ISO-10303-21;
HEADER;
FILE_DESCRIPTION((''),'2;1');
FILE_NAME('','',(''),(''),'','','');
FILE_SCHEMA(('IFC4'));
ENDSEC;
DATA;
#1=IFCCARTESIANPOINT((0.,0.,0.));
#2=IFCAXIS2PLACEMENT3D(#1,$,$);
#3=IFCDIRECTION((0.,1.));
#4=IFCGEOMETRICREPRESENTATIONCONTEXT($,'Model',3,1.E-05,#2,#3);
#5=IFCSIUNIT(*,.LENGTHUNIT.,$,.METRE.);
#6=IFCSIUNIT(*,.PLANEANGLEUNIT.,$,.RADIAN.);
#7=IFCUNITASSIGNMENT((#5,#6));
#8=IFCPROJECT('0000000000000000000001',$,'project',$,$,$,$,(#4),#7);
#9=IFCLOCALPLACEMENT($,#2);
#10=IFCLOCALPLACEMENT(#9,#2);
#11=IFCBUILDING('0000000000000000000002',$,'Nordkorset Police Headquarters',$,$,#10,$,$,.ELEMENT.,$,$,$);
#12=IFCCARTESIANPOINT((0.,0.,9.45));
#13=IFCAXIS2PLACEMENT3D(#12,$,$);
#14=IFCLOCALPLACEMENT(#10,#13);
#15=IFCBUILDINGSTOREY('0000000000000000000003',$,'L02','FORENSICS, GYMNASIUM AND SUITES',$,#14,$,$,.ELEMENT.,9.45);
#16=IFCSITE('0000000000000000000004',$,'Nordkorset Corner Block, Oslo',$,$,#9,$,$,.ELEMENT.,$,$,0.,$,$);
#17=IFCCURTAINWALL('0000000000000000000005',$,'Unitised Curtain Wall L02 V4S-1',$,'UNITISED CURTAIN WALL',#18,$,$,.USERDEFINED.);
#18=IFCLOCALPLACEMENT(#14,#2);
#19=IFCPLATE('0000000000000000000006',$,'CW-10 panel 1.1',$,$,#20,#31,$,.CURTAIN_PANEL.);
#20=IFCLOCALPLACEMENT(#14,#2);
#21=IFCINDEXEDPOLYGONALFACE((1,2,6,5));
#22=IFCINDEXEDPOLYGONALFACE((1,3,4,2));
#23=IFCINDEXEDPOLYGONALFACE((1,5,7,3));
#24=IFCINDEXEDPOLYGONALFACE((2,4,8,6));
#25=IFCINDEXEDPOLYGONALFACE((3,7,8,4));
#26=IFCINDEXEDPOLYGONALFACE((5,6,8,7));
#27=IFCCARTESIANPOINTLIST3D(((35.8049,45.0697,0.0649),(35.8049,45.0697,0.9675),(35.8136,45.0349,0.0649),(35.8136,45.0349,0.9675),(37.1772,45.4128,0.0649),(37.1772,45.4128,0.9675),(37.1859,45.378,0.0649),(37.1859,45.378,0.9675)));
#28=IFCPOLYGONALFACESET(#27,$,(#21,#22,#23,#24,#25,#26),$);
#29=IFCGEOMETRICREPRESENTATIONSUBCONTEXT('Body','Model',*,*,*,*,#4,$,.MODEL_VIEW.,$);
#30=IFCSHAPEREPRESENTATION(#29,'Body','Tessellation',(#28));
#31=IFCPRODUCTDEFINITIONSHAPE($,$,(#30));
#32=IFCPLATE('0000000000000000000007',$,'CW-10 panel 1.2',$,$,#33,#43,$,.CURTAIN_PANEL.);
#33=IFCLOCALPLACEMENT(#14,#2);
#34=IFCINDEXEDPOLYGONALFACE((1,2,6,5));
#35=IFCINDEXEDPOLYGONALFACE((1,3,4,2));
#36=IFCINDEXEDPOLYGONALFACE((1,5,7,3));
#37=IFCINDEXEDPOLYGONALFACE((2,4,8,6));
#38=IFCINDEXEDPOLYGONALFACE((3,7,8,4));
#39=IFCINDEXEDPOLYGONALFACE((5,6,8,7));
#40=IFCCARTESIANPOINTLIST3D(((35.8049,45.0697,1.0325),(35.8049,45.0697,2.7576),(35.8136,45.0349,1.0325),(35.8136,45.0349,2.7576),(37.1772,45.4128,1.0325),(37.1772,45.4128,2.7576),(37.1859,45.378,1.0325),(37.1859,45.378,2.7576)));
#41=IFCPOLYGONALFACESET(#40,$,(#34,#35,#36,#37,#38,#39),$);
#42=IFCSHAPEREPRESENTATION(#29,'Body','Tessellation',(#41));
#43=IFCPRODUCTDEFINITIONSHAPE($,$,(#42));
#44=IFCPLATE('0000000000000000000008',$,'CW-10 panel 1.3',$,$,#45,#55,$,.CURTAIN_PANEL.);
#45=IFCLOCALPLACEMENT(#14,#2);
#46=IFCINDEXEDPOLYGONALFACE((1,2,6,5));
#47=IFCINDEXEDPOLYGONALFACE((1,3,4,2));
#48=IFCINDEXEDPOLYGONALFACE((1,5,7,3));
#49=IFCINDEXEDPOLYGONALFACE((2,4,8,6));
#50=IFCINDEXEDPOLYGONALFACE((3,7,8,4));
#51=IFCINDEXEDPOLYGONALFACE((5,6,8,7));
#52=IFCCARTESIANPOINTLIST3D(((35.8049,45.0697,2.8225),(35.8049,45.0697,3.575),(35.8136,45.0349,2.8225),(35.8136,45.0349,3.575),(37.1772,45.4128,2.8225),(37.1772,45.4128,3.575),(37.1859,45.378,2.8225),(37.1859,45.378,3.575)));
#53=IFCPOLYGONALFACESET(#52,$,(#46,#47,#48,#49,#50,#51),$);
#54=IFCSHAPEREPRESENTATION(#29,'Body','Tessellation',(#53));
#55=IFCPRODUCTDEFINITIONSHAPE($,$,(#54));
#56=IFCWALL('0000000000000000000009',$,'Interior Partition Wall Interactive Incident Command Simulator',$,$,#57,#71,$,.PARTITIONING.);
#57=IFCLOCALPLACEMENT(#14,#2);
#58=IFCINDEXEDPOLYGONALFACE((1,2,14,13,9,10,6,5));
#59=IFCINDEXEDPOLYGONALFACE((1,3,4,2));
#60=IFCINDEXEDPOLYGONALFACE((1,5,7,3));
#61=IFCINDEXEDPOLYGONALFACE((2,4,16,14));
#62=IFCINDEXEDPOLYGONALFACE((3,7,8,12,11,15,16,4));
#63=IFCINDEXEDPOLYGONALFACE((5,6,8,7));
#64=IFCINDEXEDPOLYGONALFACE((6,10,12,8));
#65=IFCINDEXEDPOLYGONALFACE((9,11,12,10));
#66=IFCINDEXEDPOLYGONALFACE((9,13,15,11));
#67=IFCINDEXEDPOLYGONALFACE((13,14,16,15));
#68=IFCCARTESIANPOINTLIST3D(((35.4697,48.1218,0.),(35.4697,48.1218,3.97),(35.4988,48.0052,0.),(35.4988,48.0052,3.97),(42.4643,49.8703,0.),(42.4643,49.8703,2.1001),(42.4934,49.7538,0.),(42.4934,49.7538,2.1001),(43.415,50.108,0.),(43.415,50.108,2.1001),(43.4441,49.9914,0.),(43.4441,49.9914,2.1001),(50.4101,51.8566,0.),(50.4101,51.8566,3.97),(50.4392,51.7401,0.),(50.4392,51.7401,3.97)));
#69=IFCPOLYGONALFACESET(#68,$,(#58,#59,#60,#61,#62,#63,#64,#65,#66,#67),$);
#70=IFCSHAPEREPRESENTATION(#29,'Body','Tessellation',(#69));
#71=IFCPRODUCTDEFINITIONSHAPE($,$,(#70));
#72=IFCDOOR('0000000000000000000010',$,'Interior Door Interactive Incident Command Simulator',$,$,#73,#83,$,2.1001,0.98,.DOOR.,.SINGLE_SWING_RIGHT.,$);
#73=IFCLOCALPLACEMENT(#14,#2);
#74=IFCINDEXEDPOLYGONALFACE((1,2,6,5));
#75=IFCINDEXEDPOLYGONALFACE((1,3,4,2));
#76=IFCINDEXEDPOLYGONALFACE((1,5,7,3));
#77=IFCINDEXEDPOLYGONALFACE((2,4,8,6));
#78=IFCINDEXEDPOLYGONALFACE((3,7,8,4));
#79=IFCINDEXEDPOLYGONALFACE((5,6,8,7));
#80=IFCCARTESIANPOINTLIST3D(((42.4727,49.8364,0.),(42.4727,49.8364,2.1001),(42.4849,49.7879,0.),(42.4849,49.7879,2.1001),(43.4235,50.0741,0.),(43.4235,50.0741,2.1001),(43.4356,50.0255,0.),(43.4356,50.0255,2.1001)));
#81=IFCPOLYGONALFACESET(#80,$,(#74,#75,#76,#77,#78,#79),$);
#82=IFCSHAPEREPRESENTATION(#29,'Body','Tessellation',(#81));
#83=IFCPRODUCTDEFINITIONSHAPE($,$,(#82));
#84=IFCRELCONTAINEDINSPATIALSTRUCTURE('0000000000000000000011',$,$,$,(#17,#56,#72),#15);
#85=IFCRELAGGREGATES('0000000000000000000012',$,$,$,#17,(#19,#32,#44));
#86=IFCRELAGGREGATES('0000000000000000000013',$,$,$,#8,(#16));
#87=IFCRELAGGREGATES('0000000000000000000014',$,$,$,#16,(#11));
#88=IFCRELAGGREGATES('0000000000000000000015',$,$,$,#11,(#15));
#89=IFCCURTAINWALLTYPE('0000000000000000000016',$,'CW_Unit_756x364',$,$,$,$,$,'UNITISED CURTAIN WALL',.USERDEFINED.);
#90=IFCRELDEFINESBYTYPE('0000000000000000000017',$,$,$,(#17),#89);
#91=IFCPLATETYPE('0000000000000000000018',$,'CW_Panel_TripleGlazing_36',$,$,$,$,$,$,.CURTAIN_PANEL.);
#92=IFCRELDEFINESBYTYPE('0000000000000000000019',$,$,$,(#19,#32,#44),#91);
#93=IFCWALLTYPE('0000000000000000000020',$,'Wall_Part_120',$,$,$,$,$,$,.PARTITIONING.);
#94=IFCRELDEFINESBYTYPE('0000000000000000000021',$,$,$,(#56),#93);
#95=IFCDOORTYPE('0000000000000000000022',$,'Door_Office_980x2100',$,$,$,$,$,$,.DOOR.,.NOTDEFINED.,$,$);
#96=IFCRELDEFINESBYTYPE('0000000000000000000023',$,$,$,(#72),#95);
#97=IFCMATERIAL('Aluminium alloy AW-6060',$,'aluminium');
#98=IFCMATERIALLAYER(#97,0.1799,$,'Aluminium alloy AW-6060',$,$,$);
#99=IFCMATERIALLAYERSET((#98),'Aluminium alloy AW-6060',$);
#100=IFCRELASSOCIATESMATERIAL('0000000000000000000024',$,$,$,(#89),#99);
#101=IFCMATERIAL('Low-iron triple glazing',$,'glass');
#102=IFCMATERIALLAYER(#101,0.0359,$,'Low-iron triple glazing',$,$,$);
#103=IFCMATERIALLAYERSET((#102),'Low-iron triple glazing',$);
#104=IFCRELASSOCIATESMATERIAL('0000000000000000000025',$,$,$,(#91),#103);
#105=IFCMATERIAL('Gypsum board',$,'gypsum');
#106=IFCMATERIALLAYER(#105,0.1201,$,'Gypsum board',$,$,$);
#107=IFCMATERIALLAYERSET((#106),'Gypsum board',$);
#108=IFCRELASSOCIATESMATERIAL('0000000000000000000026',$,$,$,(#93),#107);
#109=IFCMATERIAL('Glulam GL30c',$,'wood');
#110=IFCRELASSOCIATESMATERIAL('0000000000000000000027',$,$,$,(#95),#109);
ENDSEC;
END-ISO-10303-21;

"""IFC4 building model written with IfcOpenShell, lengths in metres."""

from ifc_helpers import new_model, si_unit, direction, frame, frame_2d, origin, origin_2d, place, context, subcontext, project, spatial, rectangle, extrude, material, layer, layer_set, type_object, element, fill, aggregate, save


model = new_model("IFC4")

# Units and contexts
model_context = context("Model", 3, precision=1e-05, world=origin(), true_north=direction((0.0, 1.0)))
body_context = subcontext(model_context, "Body", "Model", "MODEL_VIEW")
ifc_project = project(units=[si_unit("LENGTHUNIT", "METRE"), si_unit("PLANEANGLEUNIT", "RADIAN")], contexts=[model_context])

# Site, building, storey
site_placement = place(None, origin())
site = spatial("IfcSite", under=ifc_project, at=site_placement, Name="Nordkorset Corner Block, Oslo", CompositionType="ELEMENT", RefElevation=0.0)
building_placement = place(site_placement, origin())
building = spatial("IfcBuilding", under=site, at=building_placement, Name="Nordkorset Police Headquarters", CompositionType="ELEMENT")
storey_placement = place(building_placement, frame((0.0, 0.0, 9.45)))
storey = spatial("IfcBuildingStorey", under=building, at=storey_placement, Name="L02", Description="FORENSICS, GYMNASIUM AND SUITES", CompositionType="ELEMENT", Elevation=9.45)

# Curtain wall
ifc_material_1 = material(Name="Aluminium alloy AW-6060", Category="aluminium")
ifc_layer_1 = layer(ifc_material_1, 0.1799, Name="Aluminium alloy AW-6060")
ifc_layer_set_1 = layer_set([ifc_layer_1], Name="Aluminium alloy AW-6060")
curtain_wall_type_1 = type_object("IfcCurtainWallType", Name="CW_Unit_756x364", ElementType="UNITISED CURTAIN WALL", PredefinedType="USERDEFINED", material=ifc_layer_set_1)
curtain_wall_1_placement = place(storey_placement, origin())
curtain_wall_1 = element("IfcCurtainWall", 1, at=curtain_wall_1_placement, inside=storey, type_object=curtain_wall_type_1, Name="Unitised Curtain Wall L02 V4S-1", ObjectType="UNITISED CURTAIN WALL", PredefinedType="USERDEFINED")

# Plates
ifc_material_2 = material(Name="Low-iron triple glazing", Category="glass")
ifc_layer_2 = layer(ifc_material_2, 0.0359, Name="Low-iron triple glazing")
ifc_layer_set_2 = layer_set([ifc_layer_2], Name="Low-iron triple glazing")
plate_type = type_object("IfcPlateType", Name="CW_Panel_TripleGlazing_36", PredefinedType="CURTAIN_PANEL", material=ifc_layer_set_2)
plate_1_placement = place(storey_placement, frame((36.4954, 45.2239, 0.0649), z_axis=(0.0, 0.0, 1.0), x_axis=(0.970143, 0.242536, 0.0)))
plate_1 = element("IfcPlate", 2, at=plate_1_placement, type_object=plate_type, Name="CW-10 panel 1.1", PredefinedType="CURTAIN_PANEL", context=body_context, shape_type="SweptSolid", body=[
    extrude(rectangle(XDim=1.4146, YDim=0.0359, at=origin_2d()), origin(), (0.0, 0.0, 1.0), 0.9026),
])
plate_2_placement = place(storey_placement, frame((36.4954, 45.2239, 1.0325), z_axis=(0.0, 0.0, 1.0), x_axis=(0.970143, 0.242536, 0.0)))
plate_2 = element("IfcPlate", 3, at=plate_2_placement, type_object=plate_type, Name="CW-10 panel 1.2", PredefinedType="CURTAIN_PANEL", context=body_context, shape_type="SweptSolid", body=[
    extrude(rectangle(XDim=1.4146, YDim=0.0359, at=origin_2d()), origin(), (0.0, 0.0, 1.0), 1.7251),
])
plate_3_placement = place(storey_placement, frame((36.4954, 45.2239, 2.8225), z_axis=(0.0, 0.0, 1.0), x_axis=(0.970143, 0.242536, 0.0)))
plate_3 = element("IfcPlate", 4, at=plate_3_placement, type_object=plate_type, Name="CW-10 panel 1.3", PredefinedType="CURTAIN_PANEL", context=body_context, shape_type="SweptSolid", body=[
    extrude(rectangle(XDim=1.4146, YDim=0.0359, at=origin_2d()), origin(), (0.0, 0.0, 1.0), 0.7524),
])
aggregate(curtain_wall_1, [plate_1, plate_2, plate_3])

# Wall, opening, door
ifc_material_3 = material(Name="Gypsum board", Category="gypsum")
ifc_layer_3 = layer(ifc_material_3, 0.1201, Name="Gypsum board")
ifc_layer_set_3 = layer_set([ifc_layer_3], Name="Gypsum board")
wall_type = type_object("IfcWallType", Name="Wall_Part_120", PredefinedType="PARTITIONING", material=ifc_layer_set_3)
wall_placement = place(storey_placement, frame((35.4841, 48.0635, 0.0), z_axis=(0.0, 0.0, 1.0), x_axis=(0.970146, 0.242521, 0.0)))
wall = element("IfcWall", 5, at=wall_placement, inside=storey, type_object=wall_type, Name="Interior Partition Wall Interactive Incident Command Simulator", PredefinedType="PARTITIONING", context=body_context, shape_type="SweptSolid", body=[
    extrude(rectangle(XDim=15.4001, YDim=0.1201, at=frame_2d((7.7002, 0.0))), origin(), (0.0, 0.0, 1.0), 3.97),
])
opening_placement = place(wall_placement, frame((7.21, 0.0, 0.0)))
opening = element("IfcOpeningElement", 6, at=opening_placement, cuts=wall, PredefinedType="OPENING", context=body_context, shape_type="SweptSolid", body=[
    extrude(rectangle(XDim=0.98, YDim=2.1001, at=frame_2d((0.49, 1.05))), frame((0.0, 0.0701, 0.0), z_axis=(0.0, -1.0, 0.0), x_axis=(1.0, 0.0, 0.0)), (0.0, 0.0, 1.0), 0.1401),
])
ifc_material_4 = material(Name="Glulam GL30c", Category="wood")
door_type = type_object("IfcDoorType", Name="Door_Office_980x2100", OperationType="NOTDEFINED", PredefinedType="DOOR", material=ifc_material_4)
door_placement = place(opening_placement, frame((0.98, 0.0, 0.0), z_axis=(0.0, 0.0, 1.0), x_axis=(-1.0, 0.0, 0.0)))
door = element("IfcDoor", 7, at=door_placement, inside=storey, type_object=door_type, Name="Interior Door Interactive Incident Command Simulator", OperationType="SINGLE_SWING_RIGHT", OverallHeight=2.1001, OverallWidth=0.98, PredefinedType="DOOR", context=body_context, shape_type="SweptSolid", body=[
    extrude(rectangle(XDim=0.98, YDim=2.1001, at=frame_2d((0.49, 1.05))), frame((0.0, 0.0249, 0.0), z_axis=(0.0, -1.0, 0.0), x_axis=(1.0, 0.0, 0.0)), (0.0, 0.0, 1.0), 0.05),
])
fill(opening, door)

save(model, "model.ifc")
